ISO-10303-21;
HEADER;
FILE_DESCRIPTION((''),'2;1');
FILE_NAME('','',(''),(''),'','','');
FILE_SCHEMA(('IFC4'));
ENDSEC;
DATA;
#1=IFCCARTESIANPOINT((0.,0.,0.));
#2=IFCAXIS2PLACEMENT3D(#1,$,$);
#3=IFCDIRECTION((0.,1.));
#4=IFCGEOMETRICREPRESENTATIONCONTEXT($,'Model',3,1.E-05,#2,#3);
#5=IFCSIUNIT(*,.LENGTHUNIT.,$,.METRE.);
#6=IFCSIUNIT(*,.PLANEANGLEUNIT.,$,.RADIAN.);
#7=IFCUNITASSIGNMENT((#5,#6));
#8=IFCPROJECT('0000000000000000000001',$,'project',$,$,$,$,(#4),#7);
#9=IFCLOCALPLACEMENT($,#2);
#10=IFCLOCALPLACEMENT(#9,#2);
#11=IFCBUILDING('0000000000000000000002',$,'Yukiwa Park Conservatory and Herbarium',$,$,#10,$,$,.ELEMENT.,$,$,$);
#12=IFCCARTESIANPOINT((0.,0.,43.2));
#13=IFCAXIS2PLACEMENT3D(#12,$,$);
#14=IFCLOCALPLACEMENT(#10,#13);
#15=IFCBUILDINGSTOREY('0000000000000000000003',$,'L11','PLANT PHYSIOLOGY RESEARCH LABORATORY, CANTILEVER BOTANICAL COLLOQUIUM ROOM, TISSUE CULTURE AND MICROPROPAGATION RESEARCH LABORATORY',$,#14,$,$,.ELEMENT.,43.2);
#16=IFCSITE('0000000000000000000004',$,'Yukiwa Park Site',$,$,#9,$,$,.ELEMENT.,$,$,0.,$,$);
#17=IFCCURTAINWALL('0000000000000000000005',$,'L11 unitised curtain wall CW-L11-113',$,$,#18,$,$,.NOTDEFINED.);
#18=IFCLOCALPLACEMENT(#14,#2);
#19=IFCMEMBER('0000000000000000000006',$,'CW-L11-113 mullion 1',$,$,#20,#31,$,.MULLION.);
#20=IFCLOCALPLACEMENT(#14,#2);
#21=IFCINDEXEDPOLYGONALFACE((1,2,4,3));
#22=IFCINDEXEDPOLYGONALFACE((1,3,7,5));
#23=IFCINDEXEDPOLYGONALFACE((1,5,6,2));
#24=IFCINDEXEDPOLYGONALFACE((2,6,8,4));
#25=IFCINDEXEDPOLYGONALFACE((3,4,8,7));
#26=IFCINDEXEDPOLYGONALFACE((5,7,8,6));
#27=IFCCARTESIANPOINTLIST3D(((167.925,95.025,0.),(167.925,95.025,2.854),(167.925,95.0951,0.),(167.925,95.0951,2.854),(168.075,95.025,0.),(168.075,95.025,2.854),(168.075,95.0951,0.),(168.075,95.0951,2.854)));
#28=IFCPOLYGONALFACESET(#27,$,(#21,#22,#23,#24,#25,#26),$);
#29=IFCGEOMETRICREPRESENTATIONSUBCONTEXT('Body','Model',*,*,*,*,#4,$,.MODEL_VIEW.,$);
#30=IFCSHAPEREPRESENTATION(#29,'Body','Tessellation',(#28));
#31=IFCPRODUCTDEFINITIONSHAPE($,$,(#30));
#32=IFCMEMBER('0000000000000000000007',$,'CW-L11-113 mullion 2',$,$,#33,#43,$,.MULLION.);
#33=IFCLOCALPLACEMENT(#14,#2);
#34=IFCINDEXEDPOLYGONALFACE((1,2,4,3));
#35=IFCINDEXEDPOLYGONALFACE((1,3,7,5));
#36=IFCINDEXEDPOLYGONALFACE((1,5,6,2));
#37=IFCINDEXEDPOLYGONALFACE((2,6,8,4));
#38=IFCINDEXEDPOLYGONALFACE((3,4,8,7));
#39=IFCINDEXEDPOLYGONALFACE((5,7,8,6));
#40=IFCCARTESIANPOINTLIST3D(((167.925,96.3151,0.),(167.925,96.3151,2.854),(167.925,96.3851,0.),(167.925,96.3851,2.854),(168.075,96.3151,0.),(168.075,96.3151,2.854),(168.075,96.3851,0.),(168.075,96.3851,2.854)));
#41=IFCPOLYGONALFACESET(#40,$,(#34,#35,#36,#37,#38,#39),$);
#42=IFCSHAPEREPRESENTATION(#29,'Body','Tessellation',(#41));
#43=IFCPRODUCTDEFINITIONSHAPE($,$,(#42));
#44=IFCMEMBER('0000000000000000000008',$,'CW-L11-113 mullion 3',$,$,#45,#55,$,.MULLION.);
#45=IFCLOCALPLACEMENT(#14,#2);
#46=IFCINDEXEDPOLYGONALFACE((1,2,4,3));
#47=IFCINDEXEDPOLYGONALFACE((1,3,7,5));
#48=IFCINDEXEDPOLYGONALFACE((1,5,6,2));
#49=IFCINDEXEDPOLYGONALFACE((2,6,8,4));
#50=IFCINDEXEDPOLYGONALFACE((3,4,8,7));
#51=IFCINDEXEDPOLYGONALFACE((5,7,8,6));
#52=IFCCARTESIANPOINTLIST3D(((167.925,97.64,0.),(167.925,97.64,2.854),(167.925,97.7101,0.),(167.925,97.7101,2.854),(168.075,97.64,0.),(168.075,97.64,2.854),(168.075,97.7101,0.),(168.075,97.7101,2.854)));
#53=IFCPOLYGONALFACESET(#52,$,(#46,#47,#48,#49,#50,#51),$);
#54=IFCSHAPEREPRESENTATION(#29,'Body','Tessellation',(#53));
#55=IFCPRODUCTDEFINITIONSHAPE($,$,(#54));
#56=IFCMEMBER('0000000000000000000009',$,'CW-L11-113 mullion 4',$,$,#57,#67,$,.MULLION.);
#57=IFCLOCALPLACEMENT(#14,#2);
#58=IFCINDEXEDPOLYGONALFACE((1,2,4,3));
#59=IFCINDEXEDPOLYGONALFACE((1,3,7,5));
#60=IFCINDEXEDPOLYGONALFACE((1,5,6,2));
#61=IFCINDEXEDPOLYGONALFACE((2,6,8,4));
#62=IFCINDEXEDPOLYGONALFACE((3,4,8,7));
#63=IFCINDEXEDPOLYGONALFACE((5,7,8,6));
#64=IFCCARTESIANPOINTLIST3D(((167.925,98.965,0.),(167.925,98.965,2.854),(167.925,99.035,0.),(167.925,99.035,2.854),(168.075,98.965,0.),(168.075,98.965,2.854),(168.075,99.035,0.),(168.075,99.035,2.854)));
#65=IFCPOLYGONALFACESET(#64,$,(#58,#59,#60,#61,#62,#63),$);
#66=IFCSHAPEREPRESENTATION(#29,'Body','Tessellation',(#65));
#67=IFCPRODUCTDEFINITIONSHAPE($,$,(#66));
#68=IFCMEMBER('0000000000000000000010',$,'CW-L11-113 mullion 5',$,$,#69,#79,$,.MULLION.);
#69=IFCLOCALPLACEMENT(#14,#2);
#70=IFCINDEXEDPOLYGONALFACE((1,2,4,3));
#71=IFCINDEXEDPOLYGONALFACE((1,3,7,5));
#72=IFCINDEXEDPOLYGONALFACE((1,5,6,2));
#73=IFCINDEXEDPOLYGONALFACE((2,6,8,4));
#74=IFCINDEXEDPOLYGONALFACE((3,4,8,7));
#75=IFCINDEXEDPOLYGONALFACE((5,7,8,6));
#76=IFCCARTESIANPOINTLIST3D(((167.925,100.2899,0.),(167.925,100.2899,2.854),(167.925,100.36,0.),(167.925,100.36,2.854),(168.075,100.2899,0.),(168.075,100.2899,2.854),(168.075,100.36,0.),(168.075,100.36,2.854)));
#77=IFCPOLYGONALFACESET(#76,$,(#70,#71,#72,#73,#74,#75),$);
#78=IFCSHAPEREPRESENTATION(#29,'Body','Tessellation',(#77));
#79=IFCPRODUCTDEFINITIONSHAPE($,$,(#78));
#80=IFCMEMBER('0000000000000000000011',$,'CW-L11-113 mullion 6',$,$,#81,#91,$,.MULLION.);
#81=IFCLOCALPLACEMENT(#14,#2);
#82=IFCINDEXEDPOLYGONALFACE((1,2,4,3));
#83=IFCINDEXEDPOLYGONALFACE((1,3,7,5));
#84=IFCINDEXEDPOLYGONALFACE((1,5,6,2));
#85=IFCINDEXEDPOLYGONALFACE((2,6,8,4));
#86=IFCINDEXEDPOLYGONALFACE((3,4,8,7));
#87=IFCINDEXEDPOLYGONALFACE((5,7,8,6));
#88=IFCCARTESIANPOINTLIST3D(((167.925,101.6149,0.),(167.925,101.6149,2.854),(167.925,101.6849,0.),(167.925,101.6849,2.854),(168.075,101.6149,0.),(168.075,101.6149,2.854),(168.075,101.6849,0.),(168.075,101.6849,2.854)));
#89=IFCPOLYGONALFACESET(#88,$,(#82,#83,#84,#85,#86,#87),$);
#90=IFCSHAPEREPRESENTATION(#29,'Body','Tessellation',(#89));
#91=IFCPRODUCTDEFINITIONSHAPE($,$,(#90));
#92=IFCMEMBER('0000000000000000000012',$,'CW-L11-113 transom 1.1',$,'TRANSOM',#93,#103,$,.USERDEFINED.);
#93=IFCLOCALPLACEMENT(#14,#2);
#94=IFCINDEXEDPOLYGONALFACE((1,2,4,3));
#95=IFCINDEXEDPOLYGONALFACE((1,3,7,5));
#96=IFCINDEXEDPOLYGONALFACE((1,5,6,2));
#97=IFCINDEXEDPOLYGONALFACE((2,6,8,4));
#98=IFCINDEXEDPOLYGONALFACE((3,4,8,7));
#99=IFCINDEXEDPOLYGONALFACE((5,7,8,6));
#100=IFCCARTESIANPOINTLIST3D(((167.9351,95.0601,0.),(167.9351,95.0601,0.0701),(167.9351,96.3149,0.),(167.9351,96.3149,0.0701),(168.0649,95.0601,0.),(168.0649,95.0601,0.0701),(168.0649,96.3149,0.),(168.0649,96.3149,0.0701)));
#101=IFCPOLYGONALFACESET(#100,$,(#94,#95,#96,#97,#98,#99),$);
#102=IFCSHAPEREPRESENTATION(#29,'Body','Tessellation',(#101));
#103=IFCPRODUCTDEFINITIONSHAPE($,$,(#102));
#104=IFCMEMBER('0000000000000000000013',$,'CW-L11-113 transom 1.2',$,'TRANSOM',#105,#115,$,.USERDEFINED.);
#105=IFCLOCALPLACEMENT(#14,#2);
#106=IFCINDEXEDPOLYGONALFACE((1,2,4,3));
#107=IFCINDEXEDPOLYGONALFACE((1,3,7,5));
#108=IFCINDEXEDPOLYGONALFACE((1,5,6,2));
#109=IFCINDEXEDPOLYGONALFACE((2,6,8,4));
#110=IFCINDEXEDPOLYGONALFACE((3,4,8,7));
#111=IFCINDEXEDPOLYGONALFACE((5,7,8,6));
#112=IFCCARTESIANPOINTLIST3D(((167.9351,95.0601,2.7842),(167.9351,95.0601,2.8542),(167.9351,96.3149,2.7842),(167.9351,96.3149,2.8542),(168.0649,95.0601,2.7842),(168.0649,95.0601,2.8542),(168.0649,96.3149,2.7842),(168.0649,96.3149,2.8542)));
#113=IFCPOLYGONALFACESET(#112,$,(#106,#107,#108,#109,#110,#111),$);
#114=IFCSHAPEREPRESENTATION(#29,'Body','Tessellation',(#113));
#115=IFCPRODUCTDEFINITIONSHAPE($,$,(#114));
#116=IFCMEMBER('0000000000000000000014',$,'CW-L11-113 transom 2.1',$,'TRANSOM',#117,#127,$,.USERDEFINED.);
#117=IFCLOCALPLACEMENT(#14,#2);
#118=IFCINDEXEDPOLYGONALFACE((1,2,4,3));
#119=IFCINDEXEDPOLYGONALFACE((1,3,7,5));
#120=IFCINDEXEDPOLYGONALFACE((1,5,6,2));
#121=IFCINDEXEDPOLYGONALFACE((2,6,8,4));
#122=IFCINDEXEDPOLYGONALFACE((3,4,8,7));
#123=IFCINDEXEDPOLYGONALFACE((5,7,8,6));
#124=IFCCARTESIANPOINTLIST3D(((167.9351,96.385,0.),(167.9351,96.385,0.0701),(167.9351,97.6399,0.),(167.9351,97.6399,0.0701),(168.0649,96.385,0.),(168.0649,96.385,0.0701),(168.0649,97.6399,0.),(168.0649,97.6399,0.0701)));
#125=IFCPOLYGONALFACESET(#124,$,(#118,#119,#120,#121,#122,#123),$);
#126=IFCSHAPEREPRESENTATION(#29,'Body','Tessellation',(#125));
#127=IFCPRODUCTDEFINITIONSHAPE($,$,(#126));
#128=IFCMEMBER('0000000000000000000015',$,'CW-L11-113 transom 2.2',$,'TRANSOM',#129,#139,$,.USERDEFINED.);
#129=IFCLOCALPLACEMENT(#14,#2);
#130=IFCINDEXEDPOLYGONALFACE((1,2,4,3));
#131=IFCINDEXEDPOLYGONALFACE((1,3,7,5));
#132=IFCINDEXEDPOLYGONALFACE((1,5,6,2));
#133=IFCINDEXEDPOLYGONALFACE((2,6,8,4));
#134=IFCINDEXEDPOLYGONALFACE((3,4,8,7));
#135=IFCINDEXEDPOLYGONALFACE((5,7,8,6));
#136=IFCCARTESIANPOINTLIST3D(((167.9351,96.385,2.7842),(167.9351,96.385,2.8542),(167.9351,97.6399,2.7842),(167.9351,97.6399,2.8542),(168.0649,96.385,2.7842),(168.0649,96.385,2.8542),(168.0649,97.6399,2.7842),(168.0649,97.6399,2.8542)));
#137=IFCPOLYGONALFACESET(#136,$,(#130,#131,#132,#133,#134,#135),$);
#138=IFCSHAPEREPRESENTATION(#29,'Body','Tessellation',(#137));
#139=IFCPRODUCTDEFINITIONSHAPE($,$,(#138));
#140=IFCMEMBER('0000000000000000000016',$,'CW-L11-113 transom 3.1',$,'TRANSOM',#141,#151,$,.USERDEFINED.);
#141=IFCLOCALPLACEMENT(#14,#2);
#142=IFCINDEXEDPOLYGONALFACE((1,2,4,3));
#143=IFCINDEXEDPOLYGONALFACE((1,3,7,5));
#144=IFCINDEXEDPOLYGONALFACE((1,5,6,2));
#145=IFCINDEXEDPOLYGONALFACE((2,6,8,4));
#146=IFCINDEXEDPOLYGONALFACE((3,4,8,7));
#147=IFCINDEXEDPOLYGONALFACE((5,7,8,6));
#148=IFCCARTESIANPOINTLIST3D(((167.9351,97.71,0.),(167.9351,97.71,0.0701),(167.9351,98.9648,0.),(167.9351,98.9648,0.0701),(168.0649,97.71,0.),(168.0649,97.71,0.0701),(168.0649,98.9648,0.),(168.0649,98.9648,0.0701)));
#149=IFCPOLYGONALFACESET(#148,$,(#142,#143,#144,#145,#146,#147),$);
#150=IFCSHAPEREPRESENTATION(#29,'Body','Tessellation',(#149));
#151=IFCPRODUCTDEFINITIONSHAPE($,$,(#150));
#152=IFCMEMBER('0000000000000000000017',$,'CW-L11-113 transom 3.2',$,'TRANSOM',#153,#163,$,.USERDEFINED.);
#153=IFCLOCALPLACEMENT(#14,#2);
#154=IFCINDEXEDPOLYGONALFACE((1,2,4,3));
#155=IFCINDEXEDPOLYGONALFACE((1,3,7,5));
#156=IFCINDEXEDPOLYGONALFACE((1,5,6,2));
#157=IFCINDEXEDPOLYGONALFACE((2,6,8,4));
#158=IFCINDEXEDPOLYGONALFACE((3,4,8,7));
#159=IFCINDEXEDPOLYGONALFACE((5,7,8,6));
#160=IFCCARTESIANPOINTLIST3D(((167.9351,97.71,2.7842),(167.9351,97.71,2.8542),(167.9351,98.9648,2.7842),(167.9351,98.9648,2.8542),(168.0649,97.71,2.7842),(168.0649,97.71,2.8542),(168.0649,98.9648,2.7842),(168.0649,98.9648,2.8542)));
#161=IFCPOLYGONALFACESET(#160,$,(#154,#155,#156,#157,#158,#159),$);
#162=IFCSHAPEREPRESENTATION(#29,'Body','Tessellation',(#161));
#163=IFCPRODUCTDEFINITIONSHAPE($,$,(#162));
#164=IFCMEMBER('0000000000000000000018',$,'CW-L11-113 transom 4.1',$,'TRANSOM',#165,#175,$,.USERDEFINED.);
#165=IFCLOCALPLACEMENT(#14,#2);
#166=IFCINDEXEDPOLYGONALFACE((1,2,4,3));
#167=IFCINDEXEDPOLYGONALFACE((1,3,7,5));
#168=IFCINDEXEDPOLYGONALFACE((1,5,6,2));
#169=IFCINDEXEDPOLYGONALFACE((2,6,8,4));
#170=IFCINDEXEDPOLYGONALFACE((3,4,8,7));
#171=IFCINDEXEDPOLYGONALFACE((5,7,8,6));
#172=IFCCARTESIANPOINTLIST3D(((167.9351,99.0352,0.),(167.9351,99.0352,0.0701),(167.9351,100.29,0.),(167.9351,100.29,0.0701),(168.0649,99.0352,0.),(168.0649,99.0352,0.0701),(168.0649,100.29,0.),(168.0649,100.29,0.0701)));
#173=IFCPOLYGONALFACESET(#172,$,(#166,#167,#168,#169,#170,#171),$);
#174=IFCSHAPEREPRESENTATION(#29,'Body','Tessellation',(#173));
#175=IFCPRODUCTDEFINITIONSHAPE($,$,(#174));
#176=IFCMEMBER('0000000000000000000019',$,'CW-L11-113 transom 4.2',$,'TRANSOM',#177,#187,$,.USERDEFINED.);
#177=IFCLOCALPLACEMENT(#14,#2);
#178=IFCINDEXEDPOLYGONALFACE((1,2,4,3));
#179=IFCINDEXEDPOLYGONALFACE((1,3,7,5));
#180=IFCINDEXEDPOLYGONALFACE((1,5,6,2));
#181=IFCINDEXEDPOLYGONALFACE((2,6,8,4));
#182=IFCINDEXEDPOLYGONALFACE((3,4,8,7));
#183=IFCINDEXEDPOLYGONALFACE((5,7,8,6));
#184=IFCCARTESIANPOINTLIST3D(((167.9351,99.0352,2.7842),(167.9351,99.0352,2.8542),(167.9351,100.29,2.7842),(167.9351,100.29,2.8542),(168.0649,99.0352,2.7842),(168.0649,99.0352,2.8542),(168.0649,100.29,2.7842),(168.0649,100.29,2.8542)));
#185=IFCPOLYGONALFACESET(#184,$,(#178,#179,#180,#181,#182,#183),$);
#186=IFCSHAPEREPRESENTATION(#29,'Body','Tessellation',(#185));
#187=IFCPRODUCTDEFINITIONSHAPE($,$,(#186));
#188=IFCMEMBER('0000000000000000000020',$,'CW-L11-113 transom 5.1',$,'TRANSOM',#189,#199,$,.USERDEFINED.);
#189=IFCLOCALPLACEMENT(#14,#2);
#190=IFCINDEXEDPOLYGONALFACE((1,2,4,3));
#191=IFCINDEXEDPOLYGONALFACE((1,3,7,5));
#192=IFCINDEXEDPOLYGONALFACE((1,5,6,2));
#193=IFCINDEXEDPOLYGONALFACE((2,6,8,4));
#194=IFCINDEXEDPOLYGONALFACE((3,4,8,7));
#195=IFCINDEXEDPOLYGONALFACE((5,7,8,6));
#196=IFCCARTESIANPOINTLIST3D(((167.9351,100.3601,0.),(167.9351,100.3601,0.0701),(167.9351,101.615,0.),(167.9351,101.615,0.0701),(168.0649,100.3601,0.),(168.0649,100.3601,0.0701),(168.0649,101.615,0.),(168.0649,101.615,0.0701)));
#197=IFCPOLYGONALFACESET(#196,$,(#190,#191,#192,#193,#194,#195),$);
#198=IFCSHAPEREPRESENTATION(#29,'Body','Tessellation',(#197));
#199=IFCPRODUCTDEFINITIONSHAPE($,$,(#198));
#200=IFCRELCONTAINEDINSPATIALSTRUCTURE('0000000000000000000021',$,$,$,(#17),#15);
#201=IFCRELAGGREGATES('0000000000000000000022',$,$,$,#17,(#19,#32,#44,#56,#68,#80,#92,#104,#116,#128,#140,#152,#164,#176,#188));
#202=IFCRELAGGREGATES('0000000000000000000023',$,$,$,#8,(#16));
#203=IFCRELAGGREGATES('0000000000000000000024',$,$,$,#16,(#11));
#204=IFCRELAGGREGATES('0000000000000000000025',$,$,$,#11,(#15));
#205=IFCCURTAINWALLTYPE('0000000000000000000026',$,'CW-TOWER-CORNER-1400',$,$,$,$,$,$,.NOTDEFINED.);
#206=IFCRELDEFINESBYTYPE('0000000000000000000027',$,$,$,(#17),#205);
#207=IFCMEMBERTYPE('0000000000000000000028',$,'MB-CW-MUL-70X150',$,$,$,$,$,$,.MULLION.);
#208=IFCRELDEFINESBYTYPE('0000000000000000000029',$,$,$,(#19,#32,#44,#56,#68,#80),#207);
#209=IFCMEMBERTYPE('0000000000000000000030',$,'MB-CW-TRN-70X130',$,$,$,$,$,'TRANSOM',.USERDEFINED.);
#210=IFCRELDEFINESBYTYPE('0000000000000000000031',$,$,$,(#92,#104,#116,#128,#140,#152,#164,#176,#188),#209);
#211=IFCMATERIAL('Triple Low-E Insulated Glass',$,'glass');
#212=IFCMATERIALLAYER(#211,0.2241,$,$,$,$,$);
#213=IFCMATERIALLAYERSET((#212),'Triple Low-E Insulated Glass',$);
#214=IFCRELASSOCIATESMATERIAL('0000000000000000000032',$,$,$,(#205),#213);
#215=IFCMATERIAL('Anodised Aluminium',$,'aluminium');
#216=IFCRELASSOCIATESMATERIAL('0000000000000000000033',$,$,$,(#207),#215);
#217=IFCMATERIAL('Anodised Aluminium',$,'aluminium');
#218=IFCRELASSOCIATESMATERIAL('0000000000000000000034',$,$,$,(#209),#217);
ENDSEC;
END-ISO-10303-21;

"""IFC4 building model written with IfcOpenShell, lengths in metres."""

from ifc_helpers import new_model, si_unit, direction, frame, origin, origin_2d, place, context, subcontext, project, spatial, rectangle, extrude, material, layer, layer_set, type_object, element, aggregate, save


model = new_model("IFC4")

# Units and contexts
model_context = context("Model", 3, precision=1e-05, world=origin(), true_north=direction((0.0, 1.0)))
body_context = subcontext(model_context, "Body", "Model", "MODEL_VIEW")
ifc_project = project(units=[si_unit("LENGTHUNIT", "METRE"), si_unit("PLANEANGLEUNIT", "RADIAN")], contexts=[model_context])

# Site, building, storey
site_placement = place(None, origin())
site = spatial("IfcSite", under=ifc_project, at=site_placement, Name="Yukiwa Park Site", CompositionType="ELEMENT", RefElevation=0.0)
building_placement = place(site_placement, origin())
building = spatial("IfcBuilding", under=site, at=building_placement, Name="Yukiwa Park Conservatory and Herbarium", CompositionType="ELEMENT")
storey_placement = place(building_placement, frame((0.0, 0.0, 43.2)))
storey = spatial("IfcBuildingStorey", under=building, at=storey_placement, Name="L11", Description="PLANT PHYSIOLOGY RESEARCH LABORATORY, CANTILEVER BOTANICAL COLLOQUIUM ROOM, TISSUE CULTURE AND MICROPROPAGATION RESEARCH LABORATORY", CompositionType="ELEMENT", Elevation=43.2)

# Curtain wall, members
ifc_material_1 = material(Name="Triple Low-E Insulated Glass", Category="glass")
ifc_layer_1 = layer(ifc_material_1, 0.2241)
ifc_layer_set_1 = layer_set([ifc_layer_1], Name="Triple Low-E Insulated Glass")
curtain_wall_type = type_object("IfcCurtainWallType", Name="CW-TOWER-CORNER-1400", PredefinedType="NOTDEFINED", material=ifc_layer_set_1)
curtain_wall_placement = place(storey_placement, origin())
curtain_wall = element("IfcCurtainWall", 1, at=curtain_wall_placement, inside=storey, type_object=curtain_wall_type, Name="L11 unitised curtain wall CW-L11-113", PredefinedType="NOTDEFINED")
ifc_material_2 = material(Name="Anodised Aluminium", Category="aluminium")
member_type_1 = type_object("IfcMemberType", Name="MB-CW-MUL-70X150", PredefinedType="MULLION", material=ifc_material_2)
member_1_placement = place(storey_placement, frame((168.0, 95.0601, 0.0), z_axis=(0.0, 0.0, 1.0), x_axis=(0.0, 1.0, 0.0)))
member_1 = element("IfcMember", 2, at=member_1_placement, type_object=member_type_1, Name="CW-L11-113 mullion 1", PredefinedType="MULLION", context=body_context, shape_type="SweptSolid", body=[
    extrude(rectangle(XDim=0.0701, YDim=0.1499, at=origin_2d()), origin(), (0.0, 0.0, 1.0), 2.854),
])
member_2_placement = place(storey_placement, frame((168.0, 96.3501, 0.0), z_axis=(0.0, 0.0, 1.0), x_axis=(0.0, 1.0, 0.0)))
member_2 = element("IfcMember", 3, at=member_2_placement, type_object=member_type_1, Name="CW-L11-113 mullion 2", PredefinedType="MULLION", context=body_context, shape_type="SweptSolid", body=[
    extrude(rectangle(XDim=0.0701, YDim=0.1499, at=origin_2d()), origin(), (0.0, 0.0, 1.0), 2.854),
])
member_3_placement = place(storey_placement, frame((168.0, 97.675, 0.0), z_axis=(0.0, 0.0, 1.0), x_axis=(0.0, 1.0, 0.0)))
member_3 = element("IfcMember", 4, at=member_3_placement, type_object=member_type_1, Name="CW-L11-113 mullion 3", PredefinedType="MULLION", context=body_context, shape_type="SweptSolid", body=[
    extrude(rectangle(XDim=0.0701, YDim=0.1499, at=origin_2d()), origin(), (0.0, 0.0, 1.0), 2.854),
])
member_4_placement = place(storey_placement, frame((168.0, 99.0, 0.0), z_axis=(0.0, 0.0, 1.0), x_axis=(0.0, 1.0, 0.0)))
member_4 = element("IfcMember", 5, at=member_4_placement, type_object=member_type_1, Name="CW-L11-113 mullion 4", PredefinedType="MULLION", context=body_context, shape_type="SweptSolid", body=[
    extrude(rectangle(XDim=0.0701, YDim=0.1499, at=origin_2d()), origin(), (0.0, 0.0, 1.0), 2.854),
])
member_5_placement = place(storey_placement, frame((168.0, 100.325, 0.0), z_axis=(0.0, 0.0, 1.0), x_axis=(0.0, 1.0, 0.0)))
member_5 = element("IfcMember", 6, at=member_5_placement, type_object=member_type_1, Name="CW-L11-113 mullion 5", PredefinedType="MULLION", context=body_context, shape_type="SweptSolid", body=[
    extrude(rectangle(XDim=0.0701, YDim=0.1499, at=origin_2d()), origin(), (0.0, 0.0, 1.0), 2.854),
])
member_6_placement = place(storey_placement, frame((168.0, 101.6499, 0.0), z_axis=(0.0, 0.0, 1.0), x_axis=(0.0, 1.0, 0.0)))
member_6 = element("IfcMember", 7, at=member_6_placement, type_object=member_type_1, Name="CW-L11-113 mullion 6", PredefinedType="MULLION", context=body_context, shape_type="SweptSolid", body=[
    extrude(rectangle(XDim=0.0701, YDim=0.1499, at=origin_2d()), origin(), (0.0, 0.0, 1.0), 2.854),
])
ifc_material_3 = material(Name="Anodised Aluminium", Category="aluminium")
member_type_2 = type_object("IfcMemberType", Name="MB-CW-TRN-70X130", ElementType="TRANSOM", PredefinedType="USERDEFINED", material=ifc_material_3)
member_7_placement = place(storey_placement, frame((168.0, 95.6875, 0.0), z_axis=(0.0, 0.0, 1.0), x_axis=(0.0, 1.0, 0.0)))
member_7 = element("IfcMember", 8, at=member_7_placement, type_object=member_type_2, Name="CW-L11-113 transom 1.1", ObjectType="TRANSOM", PredefinedType="USERDEFINED", context=body_context, shape_type="SweptSolid", body=[
    extrude(rectangle(XDim=1.2549, YDim=0.1299, at=origin_2d()), origin(), (0.0, 0.0, 1.0), 0.0701),
])
member_8_placement = place(storey_placement, frame((168.0, 95.6875, 2.7842), z_axis=(0.0, 0.0, 1.0), x_axis=(0.0, 1.0, 0.0)))
member_8 = element("IfcMember", 9, at=member_8_placement, type_object=member_type_2, Name="CW-L11-113 transom 1.2", ObjectType="TRANSOM", PredefinedType="USERDEFINED", context=body_context, shape_type="SweptSolid", body=[
    extrude(rectangle(XDim=1.2549, YDim=0.1299, at=origin_2d()), origin(), (0.0, 0.0, 1.0), 0.0701),
])
member_9_placement = place(storey_placement, frame((168.0, 97.0125, 0.0), z_axis=(0.0, 0.0, 1.0), x_axis=(0.0, 1.0, 0.0)))
member_9 = element("IfcMember", 10, at=member_9_placement, type_object=member_type_2, Name="CW-L11-113 transom 2.1", ObjectType="TRANSOM", PredefinedType="USERDEFINED", context=body_context, shape_type="SweptSolid", body=[
    extrude(rectangle(XDim=1.2549, YDim=0.1299, at=origin_2d()), origin(), (0.0, 0.0, 1.0), 0.0701),
])
member_10_placement = place(storey_placement, frame((168.0, 97.0125, 2.7842), z_axis=(0.0, 0.0, 1.0), x_axis=(0.0, 1.0, 0.0)))
member_10 = element("IfcMember", 11, at=member_10_placement, type_object=member_type_2, Name="CW-L11-113 transom 2.2", ObjectType="TRANSOM", PredefinedType="USERDEFINED", context=body_context, shape_type="SweptSolid", body=[
    extrude(rectangle(XDim=1.2549, YDim=0.1299, at=origin_2d()), origin(), (0.0, 0.0, 1.0), 0.0701),
])
member_11_placement = place(storey_placement, frame((168.0, 98.3374, 0.0), z_axis=(0.0, 0.0, 1.0), x_axis=(0.0, 1.0, 0.0)))
member_11 = element("IfcMember", 12, at=member_11_placement, type_object=member_type_2, Name="CW-L11-113 transom 3.1", ObjectType="TRANSOM", PredefinedType="USERDEFINED", context=body_context, shape_type="SweptSolid", body=[
    extrude(rectangle(XDim=1.2549, YDim=0.1299, at=origin_2d()), origin(), (0.0, 0.0, 1.0), 0.0701),
])
member_12_placement = place(storey_placement, frame((168.0, 98.3374, 2.7842), z_axis=(0.0, 0.0, 1.0), x_axis=(0.0, 1.0, 0.0)))
member_12 = element("IfcMember", 13, at=member_12_placement, type_object=member_type_2, Name="CW-L11-113 transom 3.2", ObjectType="TRANSOM", PredefinedType="USERDEFINED", context=body_context, shape_type="SweptSolid", body=[
    extrude(rectangle(XDim=1.2549, YDim=0.1299, at=origin_2d()), origin(), (0.0, 0.0, 1.0), 0.0701),
])
member_13_placement = place(storey_placement, frame((168.0, 99.6626, 0.0), z_axis=(0.0, 0.0, 1.0), x_axis=(0.0, 1.0, 0.0)))
member_13 = element("IfcMember", 14, at=member_13_placement, type_object=member_type_2, Name="CW-L11-113 transom 4.1", ObjectType="TRANSOM", PredefinedType="USERDEFINED", context=body_context, shape_type="SweptSolid", body=[
    extrude(rectangle(XDim=1.2549, YDim=0.1299, at=origin_2d()), origin(), (0.0, 0.0, 1.0), 0.0701),
])
member_14_placement = place(storey_placement, frame((168.0, 99.6626, 2.7842), z_axis=(0.0, 0.0, 1.0), x_axis=(0.0, 1.0, 0.0)))
member_14 = element("IfcMember", 15, at=member_14_placement, type_object=member_type_2, Name="CW-L11-113 transom 4.2", ObjectType="TRANSOM", PredefinedType="USERDEFINED", context=body_context, shape_type="SweptSolid", body=[
    extrude(rectangle(XDim=1.2549, YDim=0.1299, at=origin_2d()), origin(), (0.0, 0.0, 1.0), 0.0701),
])
member_15_placement = place(storey_placement, frame((168.0, 100.9875, 0.0), z_axis=(0.0, 0.0, 1.0), x_axis=(0.0, 1.0, 0.0)))
member_15 = element("IfcMember", 16, at=member_15_placement, type_object=member_type_2, Name="CW-L11-113 transom 5.1", ObjectType="TRANSOM", PredefinedType="USERDEFINED", context=body_context, shape_type="SweptSolid", body=[
    extrude(rectangle(XDim=1.2549, YDim=0.1299, at=origin_2d()), origin(), (0.0, 0.0, 1.0), 0.0701),
])
aggregate(curtain_wall, [member_1, member_2, member_3, member_4, member_5, member_6, member_7, member_8, member_9, member_10, member_11, member_12, member_13, member_14, member_15])

save(model, "model.ifc")
